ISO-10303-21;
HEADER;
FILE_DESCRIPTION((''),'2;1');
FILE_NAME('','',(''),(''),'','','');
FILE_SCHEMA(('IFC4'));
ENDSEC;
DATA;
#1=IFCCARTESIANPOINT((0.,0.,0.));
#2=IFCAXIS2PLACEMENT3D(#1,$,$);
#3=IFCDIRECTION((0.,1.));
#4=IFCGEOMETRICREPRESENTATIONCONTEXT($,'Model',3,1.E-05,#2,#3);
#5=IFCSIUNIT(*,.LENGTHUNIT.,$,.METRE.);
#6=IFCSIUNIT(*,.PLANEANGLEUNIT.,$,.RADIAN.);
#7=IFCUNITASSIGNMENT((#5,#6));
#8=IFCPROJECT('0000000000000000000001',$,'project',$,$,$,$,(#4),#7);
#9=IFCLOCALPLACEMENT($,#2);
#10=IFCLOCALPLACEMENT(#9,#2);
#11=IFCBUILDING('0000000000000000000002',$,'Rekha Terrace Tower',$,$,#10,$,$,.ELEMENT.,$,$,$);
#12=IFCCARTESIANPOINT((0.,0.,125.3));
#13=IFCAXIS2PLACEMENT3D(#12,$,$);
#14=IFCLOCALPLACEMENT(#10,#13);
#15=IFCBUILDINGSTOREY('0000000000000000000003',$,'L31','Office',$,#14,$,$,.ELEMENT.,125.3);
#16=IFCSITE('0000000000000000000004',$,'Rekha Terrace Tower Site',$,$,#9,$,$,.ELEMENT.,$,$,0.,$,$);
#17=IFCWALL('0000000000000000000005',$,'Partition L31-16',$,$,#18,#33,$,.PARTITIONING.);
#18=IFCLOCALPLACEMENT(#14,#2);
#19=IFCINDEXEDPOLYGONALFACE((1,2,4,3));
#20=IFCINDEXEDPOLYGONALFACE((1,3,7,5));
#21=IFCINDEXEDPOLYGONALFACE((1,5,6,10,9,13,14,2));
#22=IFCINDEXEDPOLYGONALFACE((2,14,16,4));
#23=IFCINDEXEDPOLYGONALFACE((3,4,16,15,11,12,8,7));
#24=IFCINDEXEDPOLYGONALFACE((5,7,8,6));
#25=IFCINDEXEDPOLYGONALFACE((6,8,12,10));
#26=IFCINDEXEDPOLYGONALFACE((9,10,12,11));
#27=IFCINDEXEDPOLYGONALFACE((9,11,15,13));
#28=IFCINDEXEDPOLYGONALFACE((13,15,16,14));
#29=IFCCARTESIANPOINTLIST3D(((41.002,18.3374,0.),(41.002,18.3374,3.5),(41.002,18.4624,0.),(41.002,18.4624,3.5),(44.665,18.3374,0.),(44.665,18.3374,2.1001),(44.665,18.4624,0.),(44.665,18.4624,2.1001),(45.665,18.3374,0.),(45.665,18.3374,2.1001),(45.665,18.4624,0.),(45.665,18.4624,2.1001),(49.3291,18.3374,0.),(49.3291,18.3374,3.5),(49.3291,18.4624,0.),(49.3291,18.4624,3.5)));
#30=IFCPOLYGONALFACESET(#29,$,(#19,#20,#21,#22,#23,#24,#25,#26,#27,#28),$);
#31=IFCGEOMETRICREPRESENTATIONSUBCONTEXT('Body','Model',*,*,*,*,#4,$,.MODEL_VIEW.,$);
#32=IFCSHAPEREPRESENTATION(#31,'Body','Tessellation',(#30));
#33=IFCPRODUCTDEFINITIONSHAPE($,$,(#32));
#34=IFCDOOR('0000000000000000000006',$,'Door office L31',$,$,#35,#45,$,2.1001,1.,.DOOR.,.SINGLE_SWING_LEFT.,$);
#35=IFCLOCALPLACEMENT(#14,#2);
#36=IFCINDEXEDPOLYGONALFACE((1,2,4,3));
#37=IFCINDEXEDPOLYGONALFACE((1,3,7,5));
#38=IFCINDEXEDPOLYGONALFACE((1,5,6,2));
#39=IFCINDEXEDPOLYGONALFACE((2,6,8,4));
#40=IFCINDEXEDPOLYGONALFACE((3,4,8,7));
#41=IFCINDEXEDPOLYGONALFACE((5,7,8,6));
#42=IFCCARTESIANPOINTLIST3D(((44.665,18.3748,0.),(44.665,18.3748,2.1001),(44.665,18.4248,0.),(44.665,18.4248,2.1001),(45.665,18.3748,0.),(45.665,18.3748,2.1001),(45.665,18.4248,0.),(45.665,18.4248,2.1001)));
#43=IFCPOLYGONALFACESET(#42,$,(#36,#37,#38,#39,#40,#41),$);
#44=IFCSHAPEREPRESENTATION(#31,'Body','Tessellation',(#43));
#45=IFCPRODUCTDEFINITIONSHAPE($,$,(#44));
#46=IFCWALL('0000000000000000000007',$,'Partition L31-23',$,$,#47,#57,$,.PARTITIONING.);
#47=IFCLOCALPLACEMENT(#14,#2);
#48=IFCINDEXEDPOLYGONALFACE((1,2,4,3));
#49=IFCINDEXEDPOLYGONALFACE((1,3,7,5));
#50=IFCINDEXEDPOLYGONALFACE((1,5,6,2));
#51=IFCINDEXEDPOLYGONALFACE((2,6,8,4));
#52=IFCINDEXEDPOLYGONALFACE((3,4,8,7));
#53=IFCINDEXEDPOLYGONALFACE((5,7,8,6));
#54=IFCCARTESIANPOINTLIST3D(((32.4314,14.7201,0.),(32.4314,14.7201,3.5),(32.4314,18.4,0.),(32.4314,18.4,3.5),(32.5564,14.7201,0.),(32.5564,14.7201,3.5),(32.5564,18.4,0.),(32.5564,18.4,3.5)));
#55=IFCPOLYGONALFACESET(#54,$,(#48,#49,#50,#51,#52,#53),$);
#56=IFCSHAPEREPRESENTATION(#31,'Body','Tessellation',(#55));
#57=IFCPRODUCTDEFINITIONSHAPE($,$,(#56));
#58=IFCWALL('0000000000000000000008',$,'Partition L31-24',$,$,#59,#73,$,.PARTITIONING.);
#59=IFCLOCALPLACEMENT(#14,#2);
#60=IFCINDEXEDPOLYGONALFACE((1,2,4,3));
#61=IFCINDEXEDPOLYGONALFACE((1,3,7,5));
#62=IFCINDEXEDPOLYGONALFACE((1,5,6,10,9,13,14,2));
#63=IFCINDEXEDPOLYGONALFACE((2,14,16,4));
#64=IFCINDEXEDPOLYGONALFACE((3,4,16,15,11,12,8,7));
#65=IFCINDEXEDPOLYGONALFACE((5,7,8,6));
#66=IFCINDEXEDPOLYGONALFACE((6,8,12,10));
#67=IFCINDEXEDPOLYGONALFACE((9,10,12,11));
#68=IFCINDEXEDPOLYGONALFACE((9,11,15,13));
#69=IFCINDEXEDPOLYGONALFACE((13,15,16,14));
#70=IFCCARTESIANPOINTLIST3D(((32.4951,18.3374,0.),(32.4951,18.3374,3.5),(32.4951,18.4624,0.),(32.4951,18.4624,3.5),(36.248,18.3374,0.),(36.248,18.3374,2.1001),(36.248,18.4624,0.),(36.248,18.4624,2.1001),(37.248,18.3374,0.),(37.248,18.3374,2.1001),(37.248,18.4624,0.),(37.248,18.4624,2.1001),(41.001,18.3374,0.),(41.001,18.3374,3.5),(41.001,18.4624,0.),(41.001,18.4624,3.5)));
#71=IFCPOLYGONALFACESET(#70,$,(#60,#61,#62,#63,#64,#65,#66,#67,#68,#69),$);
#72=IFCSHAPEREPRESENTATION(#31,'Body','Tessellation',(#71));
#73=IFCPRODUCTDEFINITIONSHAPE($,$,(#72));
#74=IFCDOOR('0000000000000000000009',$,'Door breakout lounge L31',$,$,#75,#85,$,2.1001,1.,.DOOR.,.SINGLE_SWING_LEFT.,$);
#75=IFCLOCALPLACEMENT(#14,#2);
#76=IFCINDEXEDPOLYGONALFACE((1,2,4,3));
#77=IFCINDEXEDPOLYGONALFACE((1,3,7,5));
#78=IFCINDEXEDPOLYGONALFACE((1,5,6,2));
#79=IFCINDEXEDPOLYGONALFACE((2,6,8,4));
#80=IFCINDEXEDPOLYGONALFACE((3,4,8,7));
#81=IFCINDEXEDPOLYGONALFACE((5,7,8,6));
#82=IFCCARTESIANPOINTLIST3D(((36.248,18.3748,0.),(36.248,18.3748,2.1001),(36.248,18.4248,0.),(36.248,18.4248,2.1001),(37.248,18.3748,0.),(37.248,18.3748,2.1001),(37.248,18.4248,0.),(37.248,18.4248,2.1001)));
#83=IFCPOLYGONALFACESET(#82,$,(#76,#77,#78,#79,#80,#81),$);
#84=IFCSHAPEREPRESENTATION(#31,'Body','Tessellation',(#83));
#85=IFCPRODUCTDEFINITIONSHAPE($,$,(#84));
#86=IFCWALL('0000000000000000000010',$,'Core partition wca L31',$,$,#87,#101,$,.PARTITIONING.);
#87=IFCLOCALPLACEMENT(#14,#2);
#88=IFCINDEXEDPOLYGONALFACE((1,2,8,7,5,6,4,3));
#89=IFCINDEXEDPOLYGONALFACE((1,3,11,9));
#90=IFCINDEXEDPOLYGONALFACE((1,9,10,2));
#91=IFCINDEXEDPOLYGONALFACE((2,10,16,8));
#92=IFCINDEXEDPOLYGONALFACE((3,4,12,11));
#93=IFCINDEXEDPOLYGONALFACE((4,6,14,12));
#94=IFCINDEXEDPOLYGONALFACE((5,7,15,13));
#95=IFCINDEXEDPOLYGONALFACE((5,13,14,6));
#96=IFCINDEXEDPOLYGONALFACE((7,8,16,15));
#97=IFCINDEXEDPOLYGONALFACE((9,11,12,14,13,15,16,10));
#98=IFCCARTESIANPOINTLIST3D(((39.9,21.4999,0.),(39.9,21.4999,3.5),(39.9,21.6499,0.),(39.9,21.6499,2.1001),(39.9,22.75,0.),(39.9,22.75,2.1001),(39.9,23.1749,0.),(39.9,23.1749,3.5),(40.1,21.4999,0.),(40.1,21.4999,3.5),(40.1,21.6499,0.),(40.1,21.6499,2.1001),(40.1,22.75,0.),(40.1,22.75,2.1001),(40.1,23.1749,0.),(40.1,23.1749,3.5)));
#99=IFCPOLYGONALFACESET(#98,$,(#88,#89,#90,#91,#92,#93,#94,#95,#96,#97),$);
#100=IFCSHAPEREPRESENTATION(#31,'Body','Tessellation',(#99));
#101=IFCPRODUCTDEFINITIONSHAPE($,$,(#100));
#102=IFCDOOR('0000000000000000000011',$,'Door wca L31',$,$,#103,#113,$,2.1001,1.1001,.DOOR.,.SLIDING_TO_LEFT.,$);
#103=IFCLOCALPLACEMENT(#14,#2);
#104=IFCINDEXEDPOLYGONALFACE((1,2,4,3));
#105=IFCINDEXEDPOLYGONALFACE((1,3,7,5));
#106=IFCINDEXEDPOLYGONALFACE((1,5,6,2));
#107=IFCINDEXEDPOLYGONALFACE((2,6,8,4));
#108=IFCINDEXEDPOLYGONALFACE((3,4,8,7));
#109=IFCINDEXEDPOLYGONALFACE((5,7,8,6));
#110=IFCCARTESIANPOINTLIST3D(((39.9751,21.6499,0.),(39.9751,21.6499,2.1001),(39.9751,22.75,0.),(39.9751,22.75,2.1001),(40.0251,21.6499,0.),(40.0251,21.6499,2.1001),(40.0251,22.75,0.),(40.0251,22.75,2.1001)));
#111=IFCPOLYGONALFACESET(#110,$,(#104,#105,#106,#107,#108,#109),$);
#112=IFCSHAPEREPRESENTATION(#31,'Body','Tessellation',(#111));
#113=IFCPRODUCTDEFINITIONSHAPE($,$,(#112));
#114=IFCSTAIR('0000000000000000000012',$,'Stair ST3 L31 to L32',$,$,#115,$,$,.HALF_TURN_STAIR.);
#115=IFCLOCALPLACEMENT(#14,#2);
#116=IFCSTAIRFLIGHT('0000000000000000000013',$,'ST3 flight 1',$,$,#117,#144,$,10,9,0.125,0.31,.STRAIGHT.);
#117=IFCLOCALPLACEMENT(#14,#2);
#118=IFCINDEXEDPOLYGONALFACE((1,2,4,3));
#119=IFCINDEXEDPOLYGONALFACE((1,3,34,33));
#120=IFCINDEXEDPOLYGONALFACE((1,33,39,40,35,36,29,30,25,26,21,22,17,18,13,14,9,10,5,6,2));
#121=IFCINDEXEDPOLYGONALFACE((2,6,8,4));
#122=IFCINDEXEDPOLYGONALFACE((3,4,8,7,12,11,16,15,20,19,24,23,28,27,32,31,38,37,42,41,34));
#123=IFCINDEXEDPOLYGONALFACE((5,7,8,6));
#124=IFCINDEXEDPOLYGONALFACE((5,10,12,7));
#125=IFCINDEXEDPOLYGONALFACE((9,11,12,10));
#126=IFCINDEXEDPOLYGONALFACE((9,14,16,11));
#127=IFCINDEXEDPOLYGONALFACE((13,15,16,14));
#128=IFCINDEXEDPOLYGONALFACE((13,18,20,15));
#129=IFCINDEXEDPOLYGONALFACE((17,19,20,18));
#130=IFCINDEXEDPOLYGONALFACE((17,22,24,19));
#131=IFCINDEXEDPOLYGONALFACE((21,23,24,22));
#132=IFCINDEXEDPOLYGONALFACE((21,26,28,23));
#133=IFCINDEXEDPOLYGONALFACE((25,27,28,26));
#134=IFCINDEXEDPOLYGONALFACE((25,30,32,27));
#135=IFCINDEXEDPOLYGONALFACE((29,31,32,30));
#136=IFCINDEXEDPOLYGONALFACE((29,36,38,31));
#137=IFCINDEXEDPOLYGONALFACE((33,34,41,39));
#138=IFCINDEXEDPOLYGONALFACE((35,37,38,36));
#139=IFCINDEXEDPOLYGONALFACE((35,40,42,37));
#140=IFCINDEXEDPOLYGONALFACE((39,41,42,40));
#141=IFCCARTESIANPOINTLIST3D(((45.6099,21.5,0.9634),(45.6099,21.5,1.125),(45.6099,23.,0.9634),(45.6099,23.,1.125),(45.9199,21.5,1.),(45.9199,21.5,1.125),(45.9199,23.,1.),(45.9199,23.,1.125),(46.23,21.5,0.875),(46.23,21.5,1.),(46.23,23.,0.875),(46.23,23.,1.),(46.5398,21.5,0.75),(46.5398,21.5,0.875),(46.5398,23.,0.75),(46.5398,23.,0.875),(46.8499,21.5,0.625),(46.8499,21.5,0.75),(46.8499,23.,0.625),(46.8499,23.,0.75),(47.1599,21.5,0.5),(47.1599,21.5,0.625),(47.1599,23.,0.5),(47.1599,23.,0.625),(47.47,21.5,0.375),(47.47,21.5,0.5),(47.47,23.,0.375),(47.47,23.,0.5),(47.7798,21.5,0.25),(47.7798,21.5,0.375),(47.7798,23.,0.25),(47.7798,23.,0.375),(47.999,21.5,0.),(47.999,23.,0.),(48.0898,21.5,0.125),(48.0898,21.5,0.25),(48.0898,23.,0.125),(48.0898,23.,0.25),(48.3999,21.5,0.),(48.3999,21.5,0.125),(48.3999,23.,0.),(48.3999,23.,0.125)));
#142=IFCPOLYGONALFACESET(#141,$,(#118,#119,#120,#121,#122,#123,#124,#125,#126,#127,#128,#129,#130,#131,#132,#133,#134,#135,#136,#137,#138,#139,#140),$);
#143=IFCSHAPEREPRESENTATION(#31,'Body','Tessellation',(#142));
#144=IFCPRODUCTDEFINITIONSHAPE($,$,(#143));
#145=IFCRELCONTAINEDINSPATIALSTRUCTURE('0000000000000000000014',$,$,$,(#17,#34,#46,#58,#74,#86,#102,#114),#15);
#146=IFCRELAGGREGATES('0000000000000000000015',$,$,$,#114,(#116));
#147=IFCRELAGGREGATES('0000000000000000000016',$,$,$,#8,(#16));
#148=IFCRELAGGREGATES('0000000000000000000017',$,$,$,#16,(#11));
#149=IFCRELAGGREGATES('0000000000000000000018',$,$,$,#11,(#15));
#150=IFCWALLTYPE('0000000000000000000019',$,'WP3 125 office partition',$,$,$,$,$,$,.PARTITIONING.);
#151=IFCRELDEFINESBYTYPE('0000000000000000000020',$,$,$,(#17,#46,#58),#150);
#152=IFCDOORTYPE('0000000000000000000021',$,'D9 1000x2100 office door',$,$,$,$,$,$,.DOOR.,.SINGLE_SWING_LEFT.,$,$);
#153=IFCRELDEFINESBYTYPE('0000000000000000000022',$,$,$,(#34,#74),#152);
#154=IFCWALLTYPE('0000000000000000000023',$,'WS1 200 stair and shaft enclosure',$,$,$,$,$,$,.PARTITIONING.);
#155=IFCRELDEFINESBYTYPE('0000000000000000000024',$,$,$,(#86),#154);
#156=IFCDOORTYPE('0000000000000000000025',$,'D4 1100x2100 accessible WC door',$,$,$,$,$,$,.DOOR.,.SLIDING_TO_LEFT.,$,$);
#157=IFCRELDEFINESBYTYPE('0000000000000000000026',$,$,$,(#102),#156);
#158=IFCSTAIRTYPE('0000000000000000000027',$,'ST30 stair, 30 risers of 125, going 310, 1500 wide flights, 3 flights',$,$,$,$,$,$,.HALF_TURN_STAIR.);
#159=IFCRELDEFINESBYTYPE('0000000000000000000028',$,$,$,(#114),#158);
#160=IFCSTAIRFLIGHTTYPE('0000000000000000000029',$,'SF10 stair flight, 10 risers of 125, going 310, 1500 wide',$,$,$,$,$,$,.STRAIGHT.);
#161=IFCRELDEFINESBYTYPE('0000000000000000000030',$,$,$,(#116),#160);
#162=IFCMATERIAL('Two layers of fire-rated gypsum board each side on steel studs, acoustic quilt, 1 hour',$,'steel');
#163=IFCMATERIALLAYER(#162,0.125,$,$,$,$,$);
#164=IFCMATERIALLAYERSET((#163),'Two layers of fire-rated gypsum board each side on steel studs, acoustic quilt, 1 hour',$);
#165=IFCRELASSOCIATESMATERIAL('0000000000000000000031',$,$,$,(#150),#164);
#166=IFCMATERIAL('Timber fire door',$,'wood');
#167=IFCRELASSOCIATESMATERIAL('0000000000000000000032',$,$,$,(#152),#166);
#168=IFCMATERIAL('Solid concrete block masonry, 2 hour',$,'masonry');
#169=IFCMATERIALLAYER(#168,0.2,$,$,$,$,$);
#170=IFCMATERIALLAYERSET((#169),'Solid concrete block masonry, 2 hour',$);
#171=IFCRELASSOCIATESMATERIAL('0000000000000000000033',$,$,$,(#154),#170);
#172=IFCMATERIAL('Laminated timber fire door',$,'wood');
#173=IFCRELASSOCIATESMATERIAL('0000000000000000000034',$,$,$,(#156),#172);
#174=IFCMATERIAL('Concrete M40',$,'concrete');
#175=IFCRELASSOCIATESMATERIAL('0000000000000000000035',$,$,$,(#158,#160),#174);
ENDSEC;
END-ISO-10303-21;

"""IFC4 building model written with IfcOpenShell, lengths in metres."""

from ifc_helpers import new_model, si_unit, direction, frame, frame_2d, origin, place, context, subcontext, project, spatial, polyline, rectangle, outline, extrude, material, layer, layer_set, type_object, element, fill, aggregate, save


model = new_model("IFC4")

# Units and contexts
model_context = context("Model", 3, precision=1e-05, world=origin(), true_north=direction((0.0, 1.0)))
body_context = subcontext(model_context, "Body", "Model", "MODEL_VIEW")
ifc_project = project(units=[si_unit("LENGTHUNIT", "METRE"), si_unit("PLANEANGLEUNIT", "RADIAN")], contexts=[model_context])

# Site, building, storey
site_placement = place(None, origin())
site = spatial("IfcSite", under=ifc_project, at=site_placement, Name="Rekha Terrace Tower Site", CompositionType="ELEMENT", RefElevation=0.0)
building_placement = place(site_placement, origin())
building = spatial("IfcBuilding", under=site, at=building_placement, Name="Rekha Terrace Tower", CompositionType="ELEMENT")
storey_placement = place(building_placement, frame((0.0, 0.0, 125.3)))
storey = spatial("IfcBuildingStorey", under=building, at=storey_placement, Name="L31", Description="Office", CompositionType="ELEMENT", Elevation=125.3)

# Shared definitions
ifc_material_1 = material(Name="Two layers of fire-rated gypsum board each side on steel studs, acoustic quilt, 1 hour", Category="steel")
ifc_layer_1 = layer(ifc_material_1, 0.125)
ifc_layer_set_1 = layer_set([ifc_layer_1], Name="Two layers of fire-rated gypsum board each side on steel studs, acoustic quilt, 1 hour")
wall_type_1 = type_object("IfcWallType", Name="WP3 125 office partition", PredefinedType="PARTITIONING", material=ifc_layer_set_1)

# Wall, opening, door
wall_1_placement = place(storey_placement, frame((41.002, 18.3999, 0.0), z_axis=(0.0, 0.0, 1.0), x_axis=(1.0, 0.0, 0.0)))
wall_1 = element("IfcWall", 1, at=wall_1_placement, inside=storey, type_object=wall_type_1, Name="Partition L31-16", PredefinedType="PARTITIONING", context=body_context, shape_type="SweptSolid", body=[
    extrude(rectangle(XDim=8.3271, YDim=0.125, at=frame_2d((4.1636, 0.0))), origin(), (0.0, 0.0, 1.0), 3.5),
])
opening_1_placement = place(wall_1_placement, frame((3.6631, 0.0, 0.0)))
opening_1 = element("IfcOpeningElement", 2, at=opening_1_placement, cuts=wall_1, PredefinedType="OPENING", context=body_context, shape_type="SweptSolid", body=[
    extrude(rectangle(XDim=1.0, YDim=2.1001, at=frame_2d((0.5, 1.05))), frame((0.0, 0.0725, 0.0), z_axis=(0.0, -1.0, 0.0), x_axis=(1.0, 0.0, 0.0)), (0.0, 0.0, 1.0), 0.145),
])
ifc_material_2 = material(Name="Timber fire door", Category="wood")
door_type_1 = type_object("IfcDoorType", Name="D9 1000x2100 office door", OperationType="SINGLE_SWING_LEFT", PredefinedType="DOOR", material=ifc_material_2)
door_1_placement = place(opening_1_placement, origin())
door_1 = element("IfcDoor", 3, at=door_1_placement, inside=storey, type_object=door_type_1, Name="Door office L31", OperationType="SINGLE_SWING_LEFT", OverallHeight=2.1001, OverallWidth=1.0, PredefinedType="DOOR", context=body_context, shape_type="SweptSolid", body=[
    extrude(rectangle(XDim=1.0, YDim=2.1001, at=frame_2d((0.5, 1.05))), frame((0.0, 0.0249, 0.0), z_axis=(0.0, -1.0, 0.0), x_axis=(1.0, 0.0, 0.0)), (0.0, 0.0, 1.0), 0.05),
])
fill(opening_1, door_1)

# Wall
wall_2_placement = place(storey_placement, frame((32.4939, 18.3999, 0.0), z_axis=(0.0, 0.0, 1.0), x_axis=(0.0, -1.0, 0.0)))
element("IfcWall", 4, at=wall_2_placement, inside=storey, type_object=wall_type_1, Name="Partition L31-23", PredefinedType="PARTITIONING", context=body_context, shape_type="SweptSolid", body=[
    extrude(rectangle(XDim=3.6799, YDim=0.125, at=frame_2d((1.8398, 0.0))), origin(), (0.0, 0.0, 1.0), 3.5),
])

# Walls, openings, doors
wall_3_placement = place(storey_placement, frame((32.4951, 18.3999, 0.0), z_axis=(0.0, 0.0, 1.0), x_axis=(1.0, 0.0, 0.0)))
wall_3 = element("IfcWall", 5, at=wall_3_placement, inside=storey, type_object=wall_type_1, Name="Partition L31-24", PredefinedType="PARTITIONING", context=body_context, shape_type="SweptSolid", body=[
    extrude(rectangle(XDim=8.5059, YDim=0.125, at=frame_2d((4.2529, 0.0))), origin(), (0.0, 0.0, 1.0), 3.5),
])
opening_2_placement = place(wall_3_placement, frame((3.7529, 0.0, 0.0)))
opening_2 = element("IfcOpeningElement", 6, at=opening_2_placement, cuts=wall_3, PredefinedType="OPENING", context=body_context, shape_type="SweptSolid", body=[
    extrude(rectangle(XDim=1.0, YDim=2.1001, at=frame_2d((0.5, 1.05))), frame((0.0, 0.0725, 0.0), z_axis=(0.0, -1.0, 0.0), x_axis=(1.0, 0.0, 0.0)), (0.0, 0.0, 1.0), 0.145),
])
door_2_placement = place(opening_2_placement, origin())
door_2 = element("IfcDoor", 7, at=door_2_placement, inside=storey, type_object=door_type_1, Name="Door breakout lounge L31", OperationType="SINGLE_SWING_LEFT", OverallHeight=2.1001, OverallWidth=1.0, PredefinedType="DOOR", context=body_context, shape_type="SweptSolid", body=[
    extrude(rectangle(XDim=1.0, YDim=2.1001, at=frame_2d((0.5, 1.05))), frame((0.0, 0.0249, 0.0), z_axis=(0.0, -1.0, 0.0), x_axis=(1.0, 0.0, 0.0)), (0.0, 0.0, 1.0), 0.05),
])
fill(opening_2, door_2)
ifc_material_3 = material(Name="Solid concrete block masonry, 2 hour", Category="masonry")
ifc_layer_2 = layer(ifc_material_3, 0.2)
ifc_layer_set_2 = layer_set([ifc_layer_2], Name="Solid concrete block masonry, 2 hour")
wall_type_2 = type_object("IfcWallType", Name="WS1 200 stair and shaft enclosure", PredefinedType="PARTITIONING", material=ifc_layer_set_2)
wall_4_placement = place(storey_placement, frame((40.0, 21.5, 0.0), z_axis=(0.0, 0.0, 1.0), x_axis=(0.0, 1.0, 0.0)))
wall_4 = element("IfcWall", 8, at=wall_4_placement, inside=storey, type_object=wall_type_2, Name="Core partition wca L31", PredefinedType="PARTITIONING", context=body_context, shape_type="SweptSolid", body=[
    extrude(rectangle(XDim=1.675, YDim=0.2, at=frame_2d((0.8374, 0.0))), origin(), (0.0, 0.0, 1.0), 3.5),
])
opening_3_placement = place(wall_4_placement, frame((0.1499, 0.0, 0.0)))
opening_3 = element("IfcOpeningElement", 9, at=opening_3_placement, cuts=wall_4, PredefinedType="OPENING", context=body_context, shape_type="SweptSolid", body=[
    extrude(rectangle(XDim=1.1001, YDim=2.1001, at=frame_2d((0.55, 1.05))), frame((0.0, 0.1099, 0.0), z_axis=(0.0, -1.0, 0.0), x_axis=(1.0, 0.0, 0.0)), (0.0, 0.0, 1.0), 0.22),
])
ifc_material_4 = material(Name="Laminated timber fire door", Category="wood")
door_type_2 = type_object("IfcDoorType", Name="D4 1100x2100 accessible WC door", OperationType="SLIDING_TO_LEFT", PredefinedType="DOOR", material=ifc_material_4)
door_3_placement = place(opening_3_placement, origin())
door_3 = element("IfcDoor", 10, at=door_3_placement, inside=storey, type_object=door_type_2, Name="Door wca L31", OperationType="SLIDING_TO_LEFT", OverallHeight=2.1001, OverallWidth=1.1001, PredefinedType="DOOR", context=body_context, shape_type="SweptSolid", body=[
    extrude(rectangle(XDim=1.1001, YDim=2.1001, at=frame_2d((0.55, 1.05))), frame((0.0, 0.0249, 0.0), z_axis=(0.0, -1.0, 0.0), x_axis=(1.0, 0.0, 0.0)), (0.0, 0.0, 1.0), 0.05),
])
fill(opening_3, door_3)

# Stair, stair flight
ifc_material_5 = material(Name="Concrete M40", Category="concrete")
stair_type = type_object("IfcStairType", Name="ST30 stair, 30 risers of 125, going 310, 1500 wide flights, 3 flights", PredefinedType="HALF_TURN_STAIR", material=ifc_material_5)
stair_placement = place(storey_placement, origin())
stair = element("IfcStair", 11, at=stair_placement, inside=storey, type_object=stair_type, Name="Stair ST3 L31 to L32", PredefinedType="HALF_TURN_STAIR")
stair_flight_type = type_object("IfcStairFlightType", Name="SF10 stair flight, 10 risers of 125, going 310, 1500 wide", PredefinedType="STRAIGHT", material=ifc_material_5)
stair_flight_placement = place(storey_placement, frame((48.3999, 22.25, 0.0), z_axis=(0.0, 0.0, 1.0), x_axis=(-1.0, 0.0, 0.0)))
stair_flight = element("IfcStairFlight", 12, at=stair_flight_placement, type_object=stair_flight_type, Name="ST3 flight 1", NumberOfRisers=10, NumberOfTreads=9, PredefinedType="STRAIGHT", RiserHeight=0.125, TreadLength=0.31, context=body_context, shape_type="SweptSolid", body=[
    extrude(outline(polyline([(0.0, 0.0), (0.0, 0.125), (0.3101, 0.125), (0.3101, 0.25), (0.6201, 0.25), (0.6201, 0.375), (0.9299, 0.375), (0.9299, 0.5), (1.24, 0.5), (1.24, 0.625), (1.55, 0.625), (1.55, 0.75), (1.8601, 0.75), (1.8601, 0.875), (2.1699, 0.875), (2.1699, 1.0), (2.48, 1.0), (2.48, 1.125), (2.79, 1.125), (2.79, 1.25), (2.79, 0.9634), (0.4009, 0.0), (0.0, 0.0)])), frame((0.0, 0.75, 0.0), z_axis=(0.0, -1.0, 0.0), x_axis=(1.0, 0.0, 0.0)), (0.0, 0.0, 1.0), 1.5),
])
aggregate(stair, [stair_flight])

save(model, "model.ifc")
